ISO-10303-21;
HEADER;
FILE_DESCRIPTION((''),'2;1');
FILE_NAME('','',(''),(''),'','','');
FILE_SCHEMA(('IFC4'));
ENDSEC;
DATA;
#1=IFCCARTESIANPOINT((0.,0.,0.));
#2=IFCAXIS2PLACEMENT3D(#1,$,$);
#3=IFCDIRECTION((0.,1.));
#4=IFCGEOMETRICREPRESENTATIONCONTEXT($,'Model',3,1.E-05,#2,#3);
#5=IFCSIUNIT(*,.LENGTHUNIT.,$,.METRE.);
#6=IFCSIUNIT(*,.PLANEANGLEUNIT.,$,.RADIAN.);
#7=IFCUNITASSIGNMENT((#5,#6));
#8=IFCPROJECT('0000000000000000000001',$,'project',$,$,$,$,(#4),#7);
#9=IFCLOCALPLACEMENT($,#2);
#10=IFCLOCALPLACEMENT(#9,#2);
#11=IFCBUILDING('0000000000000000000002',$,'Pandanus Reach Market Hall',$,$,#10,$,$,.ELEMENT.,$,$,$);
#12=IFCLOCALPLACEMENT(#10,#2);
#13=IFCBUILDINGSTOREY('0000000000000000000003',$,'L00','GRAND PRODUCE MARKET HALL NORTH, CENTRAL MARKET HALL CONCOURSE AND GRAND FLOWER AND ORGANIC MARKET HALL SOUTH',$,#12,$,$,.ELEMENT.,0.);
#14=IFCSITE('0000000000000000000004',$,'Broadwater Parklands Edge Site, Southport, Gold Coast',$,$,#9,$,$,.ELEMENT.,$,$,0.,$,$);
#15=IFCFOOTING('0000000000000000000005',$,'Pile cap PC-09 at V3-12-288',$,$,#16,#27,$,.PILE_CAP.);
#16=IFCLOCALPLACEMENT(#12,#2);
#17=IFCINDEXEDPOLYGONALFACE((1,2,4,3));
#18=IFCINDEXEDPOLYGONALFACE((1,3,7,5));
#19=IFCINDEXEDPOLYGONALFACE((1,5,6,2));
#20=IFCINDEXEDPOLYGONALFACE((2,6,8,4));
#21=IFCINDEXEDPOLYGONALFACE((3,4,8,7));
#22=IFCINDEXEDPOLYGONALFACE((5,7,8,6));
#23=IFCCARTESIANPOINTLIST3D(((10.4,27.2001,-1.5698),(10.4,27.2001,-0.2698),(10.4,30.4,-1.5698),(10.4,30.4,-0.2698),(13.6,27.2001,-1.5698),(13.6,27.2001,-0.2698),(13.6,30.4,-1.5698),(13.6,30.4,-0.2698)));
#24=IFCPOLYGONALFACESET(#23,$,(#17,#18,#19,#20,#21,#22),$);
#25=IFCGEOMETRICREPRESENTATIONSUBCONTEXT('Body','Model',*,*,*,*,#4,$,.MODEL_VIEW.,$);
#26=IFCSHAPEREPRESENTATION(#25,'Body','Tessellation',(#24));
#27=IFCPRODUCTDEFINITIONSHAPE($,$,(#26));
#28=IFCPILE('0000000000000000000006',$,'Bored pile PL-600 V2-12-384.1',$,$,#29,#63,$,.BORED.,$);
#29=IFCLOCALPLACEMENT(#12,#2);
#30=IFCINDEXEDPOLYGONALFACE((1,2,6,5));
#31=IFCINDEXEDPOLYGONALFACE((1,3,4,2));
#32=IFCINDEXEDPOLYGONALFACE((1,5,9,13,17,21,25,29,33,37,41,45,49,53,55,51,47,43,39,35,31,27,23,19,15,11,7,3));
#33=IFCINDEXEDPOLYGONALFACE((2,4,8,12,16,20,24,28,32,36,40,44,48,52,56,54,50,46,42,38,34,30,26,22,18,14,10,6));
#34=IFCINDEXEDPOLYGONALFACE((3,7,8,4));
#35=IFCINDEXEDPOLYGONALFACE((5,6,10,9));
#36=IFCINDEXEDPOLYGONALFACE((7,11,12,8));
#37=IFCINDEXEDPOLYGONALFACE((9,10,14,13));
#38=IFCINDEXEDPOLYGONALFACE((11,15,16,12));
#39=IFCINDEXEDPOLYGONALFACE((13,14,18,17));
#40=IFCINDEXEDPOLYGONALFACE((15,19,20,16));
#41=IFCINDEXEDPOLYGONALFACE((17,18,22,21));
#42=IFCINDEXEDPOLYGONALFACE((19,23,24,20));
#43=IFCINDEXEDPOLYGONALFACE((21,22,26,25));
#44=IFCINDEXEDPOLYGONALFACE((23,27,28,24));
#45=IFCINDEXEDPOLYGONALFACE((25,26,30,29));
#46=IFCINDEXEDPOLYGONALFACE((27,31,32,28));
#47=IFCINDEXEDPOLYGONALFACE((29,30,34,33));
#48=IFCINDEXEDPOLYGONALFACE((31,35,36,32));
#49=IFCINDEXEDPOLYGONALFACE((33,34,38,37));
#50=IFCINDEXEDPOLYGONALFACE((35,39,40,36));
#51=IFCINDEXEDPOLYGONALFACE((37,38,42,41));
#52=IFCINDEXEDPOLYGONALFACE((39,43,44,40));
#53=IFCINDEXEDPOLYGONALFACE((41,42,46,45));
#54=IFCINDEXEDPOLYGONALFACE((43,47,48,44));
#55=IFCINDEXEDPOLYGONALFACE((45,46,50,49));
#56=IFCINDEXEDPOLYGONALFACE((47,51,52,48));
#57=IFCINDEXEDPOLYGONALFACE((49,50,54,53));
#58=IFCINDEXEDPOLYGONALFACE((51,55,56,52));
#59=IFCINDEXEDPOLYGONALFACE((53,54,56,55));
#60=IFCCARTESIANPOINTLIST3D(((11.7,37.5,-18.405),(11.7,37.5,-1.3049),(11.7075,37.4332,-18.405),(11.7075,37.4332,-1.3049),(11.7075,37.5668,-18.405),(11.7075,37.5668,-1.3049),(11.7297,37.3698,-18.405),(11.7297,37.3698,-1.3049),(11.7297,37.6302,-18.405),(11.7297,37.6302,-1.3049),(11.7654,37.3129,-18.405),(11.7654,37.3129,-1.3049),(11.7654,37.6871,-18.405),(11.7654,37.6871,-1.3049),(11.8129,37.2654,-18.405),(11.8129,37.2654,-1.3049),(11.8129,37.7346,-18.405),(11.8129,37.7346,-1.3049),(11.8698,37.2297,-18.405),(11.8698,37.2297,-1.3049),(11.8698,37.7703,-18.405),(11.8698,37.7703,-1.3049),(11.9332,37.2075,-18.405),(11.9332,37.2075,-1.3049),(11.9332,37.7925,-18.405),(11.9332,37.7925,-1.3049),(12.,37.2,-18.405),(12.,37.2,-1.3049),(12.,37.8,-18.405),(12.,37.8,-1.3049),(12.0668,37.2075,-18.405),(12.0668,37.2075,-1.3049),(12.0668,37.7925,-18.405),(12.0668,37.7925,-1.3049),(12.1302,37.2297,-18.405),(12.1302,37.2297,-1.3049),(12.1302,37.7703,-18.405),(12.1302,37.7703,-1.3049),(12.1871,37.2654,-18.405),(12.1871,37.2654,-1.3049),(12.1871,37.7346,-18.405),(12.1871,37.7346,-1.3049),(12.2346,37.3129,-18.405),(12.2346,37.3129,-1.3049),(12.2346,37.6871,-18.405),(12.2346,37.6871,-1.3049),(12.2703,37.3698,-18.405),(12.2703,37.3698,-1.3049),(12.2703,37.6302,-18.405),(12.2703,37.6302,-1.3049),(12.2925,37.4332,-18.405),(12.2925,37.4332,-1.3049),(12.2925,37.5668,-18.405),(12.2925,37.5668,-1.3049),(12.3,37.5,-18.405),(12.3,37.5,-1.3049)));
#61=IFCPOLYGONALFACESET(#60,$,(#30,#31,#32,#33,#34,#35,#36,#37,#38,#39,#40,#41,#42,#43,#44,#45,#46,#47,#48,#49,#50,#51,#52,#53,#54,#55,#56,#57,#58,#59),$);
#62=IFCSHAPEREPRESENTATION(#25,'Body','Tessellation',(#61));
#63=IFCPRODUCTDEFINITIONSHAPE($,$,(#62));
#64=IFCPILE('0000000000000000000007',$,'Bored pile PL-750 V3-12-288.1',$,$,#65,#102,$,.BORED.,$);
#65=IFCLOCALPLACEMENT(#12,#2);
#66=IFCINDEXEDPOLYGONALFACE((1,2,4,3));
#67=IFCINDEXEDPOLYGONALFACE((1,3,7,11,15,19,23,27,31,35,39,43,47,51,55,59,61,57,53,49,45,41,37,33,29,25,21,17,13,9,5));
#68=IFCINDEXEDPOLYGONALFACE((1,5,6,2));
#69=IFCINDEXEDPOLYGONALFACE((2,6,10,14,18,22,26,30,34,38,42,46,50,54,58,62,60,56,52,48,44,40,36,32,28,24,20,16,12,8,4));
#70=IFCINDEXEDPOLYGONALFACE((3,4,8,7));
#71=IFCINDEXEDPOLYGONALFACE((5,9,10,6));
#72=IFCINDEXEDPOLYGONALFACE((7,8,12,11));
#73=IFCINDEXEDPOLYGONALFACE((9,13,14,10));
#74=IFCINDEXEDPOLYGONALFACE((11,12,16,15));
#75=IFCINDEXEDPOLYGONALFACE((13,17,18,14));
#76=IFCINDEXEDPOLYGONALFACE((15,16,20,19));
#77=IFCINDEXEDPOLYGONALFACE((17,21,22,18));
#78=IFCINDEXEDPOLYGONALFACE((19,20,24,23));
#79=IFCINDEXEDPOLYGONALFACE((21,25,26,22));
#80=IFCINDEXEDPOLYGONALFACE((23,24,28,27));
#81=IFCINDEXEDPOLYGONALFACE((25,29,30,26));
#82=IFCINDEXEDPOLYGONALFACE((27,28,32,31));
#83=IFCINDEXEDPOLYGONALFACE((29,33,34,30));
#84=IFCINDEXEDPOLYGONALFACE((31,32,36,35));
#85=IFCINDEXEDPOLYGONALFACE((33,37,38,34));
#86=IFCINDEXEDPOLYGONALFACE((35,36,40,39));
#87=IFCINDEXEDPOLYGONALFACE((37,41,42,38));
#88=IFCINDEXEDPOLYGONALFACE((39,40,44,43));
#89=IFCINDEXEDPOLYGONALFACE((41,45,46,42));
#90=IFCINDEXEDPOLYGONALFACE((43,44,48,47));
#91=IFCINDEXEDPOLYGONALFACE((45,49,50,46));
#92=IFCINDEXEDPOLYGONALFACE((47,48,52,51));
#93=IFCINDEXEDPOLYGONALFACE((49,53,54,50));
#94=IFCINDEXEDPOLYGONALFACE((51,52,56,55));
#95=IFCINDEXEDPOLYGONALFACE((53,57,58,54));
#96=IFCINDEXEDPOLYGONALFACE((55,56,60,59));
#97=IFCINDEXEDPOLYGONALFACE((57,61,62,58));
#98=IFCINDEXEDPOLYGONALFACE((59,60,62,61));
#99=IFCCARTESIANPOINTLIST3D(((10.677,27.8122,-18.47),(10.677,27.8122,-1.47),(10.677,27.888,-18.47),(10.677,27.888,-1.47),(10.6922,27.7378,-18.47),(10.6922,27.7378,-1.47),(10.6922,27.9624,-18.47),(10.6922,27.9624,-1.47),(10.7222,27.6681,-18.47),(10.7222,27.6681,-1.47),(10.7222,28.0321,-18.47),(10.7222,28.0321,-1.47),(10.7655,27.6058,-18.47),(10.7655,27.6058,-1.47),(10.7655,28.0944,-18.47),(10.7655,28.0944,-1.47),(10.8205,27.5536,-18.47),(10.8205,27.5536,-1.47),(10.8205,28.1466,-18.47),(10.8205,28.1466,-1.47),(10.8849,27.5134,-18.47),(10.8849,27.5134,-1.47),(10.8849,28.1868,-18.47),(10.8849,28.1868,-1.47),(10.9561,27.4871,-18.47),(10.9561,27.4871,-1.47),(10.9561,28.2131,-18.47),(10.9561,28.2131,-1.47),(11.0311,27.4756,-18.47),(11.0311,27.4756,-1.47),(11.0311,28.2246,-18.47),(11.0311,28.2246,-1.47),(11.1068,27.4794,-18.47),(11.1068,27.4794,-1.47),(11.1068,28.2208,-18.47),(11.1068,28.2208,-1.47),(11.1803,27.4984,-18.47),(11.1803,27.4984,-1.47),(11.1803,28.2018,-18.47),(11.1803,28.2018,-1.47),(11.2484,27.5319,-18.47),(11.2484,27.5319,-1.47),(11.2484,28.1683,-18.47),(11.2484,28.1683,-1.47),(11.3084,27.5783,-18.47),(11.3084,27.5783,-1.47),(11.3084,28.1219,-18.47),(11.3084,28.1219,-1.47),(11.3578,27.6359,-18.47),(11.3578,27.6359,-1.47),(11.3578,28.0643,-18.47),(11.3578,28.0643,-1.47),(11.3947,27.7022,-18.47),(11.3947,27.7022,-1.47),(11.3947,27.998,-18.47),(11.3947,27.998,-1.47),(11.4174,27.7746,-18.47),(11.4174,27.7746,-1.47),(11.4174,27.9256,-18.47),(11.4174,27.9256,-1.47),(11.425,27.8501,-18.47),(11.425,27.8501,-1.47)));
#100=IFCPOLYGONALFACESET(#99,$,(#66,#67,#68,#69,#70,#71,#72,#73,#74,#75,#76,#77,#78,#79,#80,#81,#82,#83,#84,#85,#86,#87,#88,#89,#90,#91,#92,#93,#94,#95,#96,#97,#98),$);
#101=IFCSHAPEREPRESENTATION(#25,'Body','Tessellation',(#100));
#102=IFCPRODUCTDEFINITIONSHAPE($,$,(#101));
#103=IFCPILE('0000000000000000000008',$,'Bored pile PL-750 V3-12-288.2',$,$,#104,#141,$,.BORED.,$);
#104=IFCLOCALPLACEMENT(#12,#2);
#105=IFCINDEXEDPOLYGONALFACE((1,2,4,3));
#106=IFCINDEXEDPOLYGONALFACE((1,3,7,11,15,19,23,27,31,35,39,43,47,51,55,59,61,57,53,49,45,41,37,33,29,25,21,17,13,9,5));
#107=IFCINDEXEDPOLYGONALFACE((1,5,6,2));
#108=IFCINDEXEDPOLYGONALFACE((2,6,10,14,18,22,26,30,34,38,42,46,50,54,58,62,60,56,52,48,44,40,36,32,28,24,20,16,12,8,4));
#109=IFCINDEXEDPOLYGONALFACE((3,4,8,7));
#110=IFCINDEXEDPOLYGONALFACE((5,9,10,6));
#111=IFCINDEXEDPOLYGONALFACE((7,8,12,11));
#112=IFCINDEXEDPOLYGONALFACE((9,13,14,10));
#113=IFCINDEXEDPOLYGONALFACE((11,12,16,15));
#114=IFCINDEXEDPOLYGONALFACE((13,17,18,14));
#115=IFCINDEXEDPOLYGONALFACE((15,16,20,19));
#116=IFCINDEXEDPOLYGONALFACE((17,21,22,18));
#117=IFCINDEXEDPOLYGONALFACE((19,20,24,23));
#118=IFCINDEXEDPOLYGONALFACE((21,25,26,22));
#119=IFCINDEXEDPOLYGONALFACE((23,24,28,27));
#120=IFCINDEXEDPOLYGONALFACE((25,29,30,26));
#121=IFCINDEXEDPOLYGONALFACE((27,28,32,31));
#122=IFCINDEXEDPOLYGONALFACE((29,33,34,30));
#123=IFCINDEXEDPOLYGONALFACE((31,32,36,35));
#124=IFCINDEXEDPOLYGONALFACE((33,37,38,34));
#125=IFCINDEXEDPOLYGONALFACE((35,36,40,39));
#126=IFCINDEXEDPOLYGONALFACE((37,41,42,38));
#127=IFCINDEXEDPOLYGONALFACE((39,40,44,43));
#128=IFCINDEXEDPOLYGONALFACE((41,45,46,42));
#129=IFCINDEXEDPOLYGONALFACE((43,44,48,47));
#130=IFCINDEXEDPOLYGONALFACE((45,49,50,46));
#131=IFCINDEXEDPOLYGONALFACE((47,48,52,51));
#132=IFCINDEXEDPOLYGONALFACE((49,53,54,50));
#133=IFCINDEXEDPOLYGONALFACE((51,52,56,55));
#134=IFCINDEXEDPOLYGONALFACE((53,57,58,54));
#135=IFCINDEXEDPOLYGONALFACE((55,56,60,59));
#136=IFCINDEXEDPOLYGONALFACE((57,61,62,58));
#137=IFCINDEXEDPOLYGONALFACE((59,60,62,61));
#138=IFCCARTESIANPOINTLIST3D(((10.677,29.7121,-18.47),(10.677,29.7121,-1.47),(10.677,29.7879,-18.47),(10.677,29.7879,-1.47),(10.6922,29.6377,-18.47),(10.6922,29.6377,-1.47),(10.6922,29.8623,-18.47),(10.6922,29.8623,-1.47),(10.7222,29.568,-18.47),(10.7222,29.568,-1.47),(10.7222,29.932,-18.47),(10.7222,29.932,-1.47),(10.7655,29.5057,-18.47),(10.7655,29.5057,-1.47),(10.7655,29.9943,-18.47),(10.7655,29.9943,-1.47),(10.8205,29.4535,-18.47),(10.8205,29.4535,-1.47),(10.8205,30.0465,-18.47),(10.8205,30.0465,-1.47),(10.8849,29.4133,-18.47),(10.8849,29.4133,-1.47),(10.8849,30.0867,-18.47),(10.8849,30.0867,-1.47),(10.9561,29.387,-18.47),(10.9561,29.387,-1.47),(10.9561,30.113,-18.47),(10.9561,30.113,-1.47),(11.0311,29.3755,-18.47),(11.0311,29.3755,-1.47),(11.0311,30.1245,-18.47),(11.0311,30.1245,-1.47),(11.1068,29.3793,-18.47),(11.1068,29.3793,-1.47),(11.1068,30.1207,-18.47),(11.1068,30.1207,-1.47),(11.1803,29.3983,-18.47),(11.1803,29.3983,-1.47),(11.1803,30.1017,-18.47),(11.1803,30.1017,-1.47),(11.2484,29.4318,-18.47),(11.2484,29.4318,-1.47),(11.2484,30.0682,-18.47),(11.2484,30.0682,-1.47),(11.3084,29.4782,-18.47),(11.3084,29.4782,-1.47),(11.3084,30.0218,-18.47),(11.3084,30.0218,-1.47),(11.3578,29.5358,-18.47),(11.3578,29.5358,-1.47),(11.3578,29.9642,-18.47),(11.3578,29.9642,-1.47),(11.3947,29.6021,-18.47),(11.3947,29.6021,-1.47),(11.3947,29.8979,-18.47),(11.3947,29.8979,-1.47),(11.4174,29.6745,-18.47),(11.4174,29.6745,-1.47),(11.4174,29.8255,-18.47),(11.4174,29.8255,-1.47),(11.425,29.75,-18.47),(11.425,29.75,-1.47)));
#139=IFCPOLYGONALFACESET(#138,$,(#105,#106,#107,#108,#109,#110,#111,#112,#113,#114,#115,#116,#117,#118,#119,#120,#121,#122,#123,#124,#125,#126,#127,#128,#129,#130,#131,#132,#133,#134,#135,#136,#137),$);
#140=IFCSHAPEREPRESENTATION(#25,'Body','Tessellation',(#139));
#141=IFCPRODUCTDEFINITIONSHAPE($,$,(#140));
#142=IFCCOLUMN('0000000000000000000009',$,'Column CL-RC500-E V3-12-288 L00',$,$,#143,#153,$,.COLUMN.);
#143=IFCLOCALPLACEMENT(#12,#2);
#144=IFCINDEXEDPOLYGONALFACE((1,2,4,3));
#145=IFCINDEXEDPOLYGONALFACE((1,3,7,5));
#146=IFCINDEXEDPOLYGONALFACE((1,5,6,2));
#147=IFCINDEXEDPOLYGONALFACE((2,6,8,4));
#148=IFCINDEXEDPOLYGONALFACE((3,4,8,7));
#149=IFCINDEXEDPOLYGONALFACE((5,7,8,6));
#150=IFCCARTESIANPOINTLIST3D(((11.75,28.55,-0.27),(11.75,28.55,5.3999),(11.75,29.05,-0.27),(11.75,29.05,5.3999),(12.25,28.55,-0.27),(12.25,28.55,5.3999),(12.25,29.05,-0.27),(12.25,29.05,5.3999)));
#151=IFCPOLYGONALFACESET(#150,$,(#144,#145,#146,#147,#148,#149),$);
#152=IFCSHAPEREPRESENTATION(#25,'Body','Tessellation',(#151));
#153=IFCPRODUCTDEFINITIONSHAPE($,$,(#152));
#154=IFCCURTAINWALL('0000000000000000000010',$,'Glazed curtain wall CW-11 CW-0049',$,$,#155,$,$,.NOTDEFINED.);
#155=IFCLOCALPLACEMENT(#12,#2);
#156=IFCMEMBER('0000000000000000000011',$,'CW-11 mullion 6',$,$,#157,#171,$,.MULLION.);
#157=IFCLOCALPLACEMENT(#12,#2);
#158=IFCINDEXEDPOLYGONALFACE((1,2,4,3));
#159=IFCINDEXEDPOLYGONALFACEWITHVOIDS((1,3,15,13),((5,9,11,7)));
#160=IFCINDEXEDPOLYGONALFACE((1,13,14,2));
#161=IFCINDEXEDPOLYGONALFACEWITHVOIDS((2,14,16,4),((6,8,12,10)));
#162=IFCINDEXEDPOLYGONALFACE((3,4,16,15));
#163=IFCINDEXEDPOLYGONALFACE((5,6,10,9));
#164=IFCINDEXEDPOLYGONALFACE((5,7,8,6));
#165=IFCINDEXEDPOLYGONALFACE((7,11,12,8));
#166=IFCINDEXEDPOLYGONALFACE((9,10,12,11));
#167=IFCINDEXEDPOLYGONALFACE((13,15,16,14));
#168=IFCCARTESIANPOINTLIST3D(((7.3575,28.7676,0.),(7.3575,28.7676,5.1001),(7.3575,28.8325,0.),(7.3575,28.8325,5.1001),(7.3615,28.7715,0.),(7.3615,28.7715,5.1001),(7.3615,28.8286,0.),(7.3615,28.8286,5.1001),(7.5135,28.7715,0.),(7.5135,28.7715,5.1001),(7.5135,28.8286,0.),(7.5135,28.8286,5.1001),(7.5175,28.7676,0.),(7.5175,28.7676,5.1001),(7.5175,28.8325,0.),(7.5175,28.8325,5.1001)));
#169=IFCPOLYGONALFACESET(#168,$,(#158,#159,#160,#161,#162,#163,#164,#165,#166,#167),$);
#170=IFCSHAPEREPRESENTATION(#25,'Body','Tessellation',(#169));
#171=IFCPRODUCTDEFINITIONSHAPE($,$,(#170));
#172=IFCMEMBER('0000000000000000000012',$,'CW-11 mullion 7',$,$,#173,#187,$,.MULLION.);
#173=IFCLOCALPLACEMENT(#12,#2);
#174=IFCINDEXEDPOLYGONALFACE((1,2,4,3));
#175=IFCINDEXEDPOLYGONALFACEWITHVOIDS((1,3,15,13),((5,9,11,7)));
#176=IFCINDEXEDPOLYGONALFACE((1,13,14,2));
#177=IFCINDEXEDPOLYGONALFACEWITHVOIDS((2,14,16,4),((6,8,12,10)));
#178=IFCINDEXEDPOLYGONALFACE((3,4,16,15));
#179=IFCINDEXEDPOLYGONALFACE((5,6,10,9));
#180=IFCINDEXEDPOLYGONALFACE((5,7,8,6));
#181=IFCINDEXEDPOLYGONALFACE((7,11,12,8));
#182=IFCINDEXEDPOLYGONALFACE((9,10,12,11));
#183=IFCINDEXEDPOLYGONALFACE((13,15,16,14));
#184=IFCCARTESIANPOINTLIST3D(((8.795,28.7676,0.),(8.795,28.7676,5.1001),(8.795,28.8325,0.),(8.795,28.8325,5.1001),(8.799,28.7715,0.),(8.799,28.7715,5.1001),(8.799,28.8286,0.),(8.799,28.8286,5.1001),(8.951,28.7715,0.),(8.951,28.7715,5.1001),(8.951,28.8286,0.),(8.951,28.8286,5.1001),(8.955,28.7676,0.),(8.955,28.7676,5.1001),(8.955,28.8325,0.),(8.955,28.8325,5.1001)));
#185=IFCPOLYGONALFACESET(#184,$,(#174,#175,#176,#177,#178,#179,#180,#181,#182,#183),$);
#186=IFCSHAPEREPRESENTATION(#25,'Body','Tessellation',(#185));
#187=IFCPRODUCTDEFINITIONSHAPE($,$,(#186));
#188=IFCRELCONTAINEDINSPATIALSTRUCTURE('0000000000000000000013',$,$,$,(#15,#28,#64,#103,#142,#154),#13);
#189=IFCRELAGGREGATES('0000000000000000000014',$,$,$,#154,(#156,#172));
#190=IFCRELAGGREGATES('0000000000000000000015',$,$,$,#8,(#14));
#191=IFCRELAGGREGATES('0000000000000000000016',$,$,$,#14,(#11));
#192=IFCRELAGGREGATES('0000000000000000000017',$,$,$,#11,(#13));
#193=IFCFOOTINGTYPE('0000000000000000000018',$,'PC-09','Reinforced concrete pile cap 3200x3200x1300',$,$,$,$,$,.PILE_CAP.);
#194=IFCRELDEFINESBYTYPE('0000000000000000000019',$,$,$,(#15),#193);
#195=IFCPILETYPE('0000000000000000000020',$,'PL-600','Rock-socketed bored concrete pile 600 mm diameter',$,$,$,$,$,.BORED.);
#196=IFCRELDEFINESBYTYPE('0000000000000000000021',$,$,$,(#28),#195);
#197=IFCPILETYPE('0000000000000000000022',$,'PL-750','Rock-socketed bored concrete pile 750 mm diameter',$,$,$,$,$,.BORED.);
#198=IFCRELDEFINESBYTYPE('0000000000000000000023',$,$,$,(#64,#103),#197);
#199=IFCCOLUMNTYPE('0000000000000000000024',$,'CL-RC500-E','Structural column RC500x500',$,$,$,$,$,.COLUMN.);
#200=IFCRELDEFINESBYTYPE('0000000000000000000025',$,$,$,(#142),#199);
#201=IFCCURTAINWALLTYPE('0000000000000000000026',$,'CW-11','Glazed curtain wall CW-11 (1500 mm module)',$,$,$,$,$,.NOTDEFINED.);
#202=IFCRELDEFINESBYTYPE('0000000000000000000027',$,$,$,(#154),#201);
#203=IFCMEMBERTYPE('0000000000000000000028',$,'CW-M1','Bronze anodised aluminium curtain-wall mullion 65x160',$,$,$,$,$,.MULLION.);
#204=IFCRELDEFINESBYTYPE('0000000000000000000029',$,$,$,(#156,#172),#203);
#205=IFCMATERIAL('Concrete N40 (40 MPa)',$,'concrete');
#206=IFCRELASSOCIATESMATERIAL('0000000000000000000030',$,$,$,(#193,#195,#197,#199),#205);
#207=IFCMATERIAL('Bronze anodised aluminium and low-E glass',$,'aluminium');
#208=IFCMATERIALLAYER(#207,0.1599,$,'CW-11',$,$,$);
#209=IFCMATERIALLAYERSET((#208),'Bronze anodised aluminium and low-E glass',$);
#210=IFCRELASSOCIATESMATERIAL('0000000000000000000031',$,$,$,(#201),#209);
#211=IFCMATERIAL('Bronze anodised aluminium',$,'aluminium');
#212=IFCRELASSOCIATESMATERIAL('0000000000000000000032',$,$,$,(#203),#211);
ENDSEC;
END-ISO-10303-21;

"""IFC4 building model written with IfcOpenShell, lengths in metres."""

from ifc_helpers import new_model, si_unit, direction, frame, origin, origin_2d, place, context, subcontext, project, spatial, rectangle, hollow_rectangle, circle, extrude, material, layer, layer_set, material_profile, profile_set, type_object, element, aggregate, save


model = new_model("IFC4")

# Units and contexts
model_context = context("Model", 3, precision=1e-05, world=origin(), true_north=direction((0.0, 1.0)))
body_context = subcontext(model_context, "Body", "Model", "MODEL_VIEW")
ifc_project = project(units=[si_unit("LENGTHUNIT", "METRE"), si_unit("PLANEANGLEUNIT", "RADIAN")], contexts=[model_context])

# Site, building, storey
site_placement = place(None, origin())
site = spatial("IfcSite", under=ifc_project, at=site_placement, Name="Broadwater Parklands Edge Site, Southport, Gold Coast", CompositionType="ELEMENT", RefElevation=0.0)
building_placement = place(site_placement, origin())
building = spatial("IfcBuilding", under=site, at=building_placement, Name="Pandanus Reach Market Hall", CompositionType="ELEMENT")
storey_placement = place(building_placement, origin())
storey = spatial("IfcBuildingStorey", under=building, at=storey_placement, Name="L00", Description="GRAND PRODUCE MARKET HALL NORTH, CENTRAL MARKET HALL CONCOURSE AND GRAND FLOWER AND ORGANIC MARKET HALL SOUTH", CompositionType="ELEMENT", Elevation=0.0)

# Footing
ifc_material_1 = material(Name="Concrete N40 (40 MPa)", Category="concrete")
footing_type = type_object("IfcFootingType", Name="PC-09", Description="Reinforced concrete pile cap 3200x3200x1300", PredefinedType="PILE_CAP", material=ifc_material_1)
footing_placement = place(storey_placement, frame((12.0, 28.8, -1.5698), z_axis=(0.0, 0.0, 1.0), x_axis=(1.0, 0.0, 0.0)))
element("IfcFooting", 1, at=footing_placement, inside=storey, type_object=footing_type, Name="Pile cap PC-09 at V3-12-288", PredefinedType="PILE_CAP", context=body_context, shape_type="SweptSolid", body=[
    extrude(rectangle(XDim=3.2, YDim=3.2, at=origin_2d()), origin(), (0.0, 0.0, 1.0), 1.3),
])

# Piles
ifc_material_profile_1 = material_profile(ifc_material_1, circle(Radius=0.3, at=origin_2d()), Name="PILE-600D", Category="LoadBearing")
ifc_profile_set_1 = profile_set([ifc_material_profile_1], Name="Concrete N40 (40 MPa)")
pile_type_1 = type_object("IfcPileType", Name="PL-600", Description="Rock-socketed bored concrete pile 600 mm diameter", PredefinedType="BORED", material=ifc_profile_set_1)
pile_placement = place(storey_placement, frame((12.0, 37.5, -1.3049), z_axis=(0.0, 0.0, -1.0), x_axis=(1.0, 0.0, 0.0)))
element("IfcPile", 2, at=pile_placement, inside=storey, type_object=pile_type_1, Name="Bored pile PL-600 V2-12-384.1", PredefinedType="BORED", context=body_context, shape_type="SweptSolid", body=[
    extrude(circle(Radius=0.3, at=origin_2d()), origin(), (0.0, 0.0, 1.0), 17.1001),
])
ifc_material_profile_2 = material_profile(ifc_material_1, circle(Radius=0.375, at=origin_2d()), Name="PILE-750D", Category="LoadBearing")
ifc_profile_set_2 = profile_set([ifc_material_profile_2], Name="Concrete N40 (40 MPa)")
pile_type_2 = type_object("IfcPileType", Name="PL-750", Description="Rock-socketed bored concrete pile 750 mm diameter", PredefinedType="BORED", material=ifc_profile_set_2)
for number, where, z_axis, x_axis, name in (
    (3, (11.05, 27.8501, -1.47), (0.0, 0.0, -1.0), (1.0, 0.0, 0.0), "Bored pile PL-750 V3-12-288.1"),
    (4, (11.05, 29.75, -1.47), (0.0, 0.0, -1.0), (1.0, 0.0, 0.0), "Bored pile PL-750 V3-12-288.2"),
):
    element("IfcPile", number, at=place(storey_placement, frame(where, z_axis=z_axis, x_axis=x_axis)), inside=storey, type_object=pile_type_2, Name=name, PredefinedType="BORED", context=body_context, shape_type="SweptSolid", body=[
        extrude(circle(Radius=0.375, at=origin_2d()), origin(), (0.0, 0.0, 1.0), 17.0),
    ])

# Column
ifc_material_profile_3 = material_profile(ifc_material_1, rectangle(XDim=0.5, YDim=0.5, at=origin_2d()), Name="RC500x500", Category="LoadBearing")
ifc_profile_set_3 = profile_set([ifc_material_profile_3], Name="Concrete N40 (40 MPa)")
column_type = type_object("IfcColumnType", Name="CL-RC500-E", Description="Structural column RC500x500", PredefinedType="COLUMN", material=ifc_profile_set_3)
column_placement = place(storey_placement, frame((12.0, 28.8, -0.27), z_axis=(0.0, 0.0, 1.0), x_axis=(1.0, 0.0, 0.0)))
element("IfcColumn", 5, at=column_placement, inside=storey, type_object=column_type, Name="Column CL-RC500-E V3-12-288 L00", PredefinedType="COLUMN", context=body_context, shape_type="SweptSolid", body=[
    extrude(rectangle(XDim=0.5, YDim=0.5, at=origin_2d()), origin(), (0.0, 0.0, 1.0), 5.6699),
])

# Curtain wall, members
ifc_material_2 = material(Name="Bronze anodised aluminium and low-E glass", Category="aluminium")
ifc_layer_1 = layer(ifc_material_2, 0.1599, Name="CW-11")
ifc_layer_set_1 = layer_set([ifc_layer_1], Name="Bronze anodised aluminium and low-E glass")
curtain_wall_type = type_object("IfcCurtainWallType", Name="CW-11", Description="Glazed curtain wall CW-11 (1500 mm module)", PredefinedType="NOTDEFINED", material=ifc_layer_set_1)
curtain_wall_placement = place(storey_placement, origin())
curtain_wall = element("IfcCurtainWall", 6, at=curtain_wall_placement, inside=storey, type_object=curtain_wall_type, Name="Glazed curtain wall CW-11 CW-0049", PredefinedType="NOTDEFINED")
ifc_material_3 = material(Name="Bronze anodised aluminium", Category="aluminium")
ifc_material_profile_4 = material_profile(ifc_material_3, hollow_rectangle(XDim=0.0649, YDim=0.1599, WallThickness=0.0039, at=origin_2d()), Name="ALU65x160", Category="LoadBearing")
ifc_profile_set_4 = profile_set([ifc_material_profile_4], Name="Bronze anodised aluminium")
member_type_1 = type_object("IfcMemberType", Name="CW-M1", Description="Bronze anodised aluminium curtain-wall mullion 65x160", PredefinedType="MULLION", material=ifc_profile_set_4)
member_1_placement = place(storey_placement, frame((7.4375, 28.8, 0.0), z_axis=(0.0, 0.0, 1.0), x_axis=(0.0, 1.0, 0.0)))
member_1 = element("IfcMember", 7, at=member_1_placement, type_object=member_type_1, Name="CW-11 mullion 6", PredefinedType="MULLION", context=body_context, shape_type="SweptSolid", body=[
    extrude(hollow_rectangle(XDim=0.0649, YDim=0.1599, WallThickness=0.0039, at=origin_2d()), origin(), (0.0, 0.0, 1.0), 5.1001),
])
member_2_placement = place(storey_placement, frame((8.875, 28.8, 0.0), z_axis=(0.0, 0.0, 1.0), x_axis=(0.0, 1.0, 0.0)))
member_2 = element("IfcMember", 8, at=member_2_placement, type_object=member_type_1, Name="CW-11 mullion 7", PredefinedType="MULLION", context=body_context, shape_type="SweptSolid", body=[
    extrude(hollow_rectangle(XDim=0.0649, YDim=0.1599, WallThickness=0.0039, at=origin_2d()), origin(), (0.0, 0.0, 1.0), 5.1001),
])
aggregate(curtain_wall, [member_1, member_2])

save(model, "model.ifc")
